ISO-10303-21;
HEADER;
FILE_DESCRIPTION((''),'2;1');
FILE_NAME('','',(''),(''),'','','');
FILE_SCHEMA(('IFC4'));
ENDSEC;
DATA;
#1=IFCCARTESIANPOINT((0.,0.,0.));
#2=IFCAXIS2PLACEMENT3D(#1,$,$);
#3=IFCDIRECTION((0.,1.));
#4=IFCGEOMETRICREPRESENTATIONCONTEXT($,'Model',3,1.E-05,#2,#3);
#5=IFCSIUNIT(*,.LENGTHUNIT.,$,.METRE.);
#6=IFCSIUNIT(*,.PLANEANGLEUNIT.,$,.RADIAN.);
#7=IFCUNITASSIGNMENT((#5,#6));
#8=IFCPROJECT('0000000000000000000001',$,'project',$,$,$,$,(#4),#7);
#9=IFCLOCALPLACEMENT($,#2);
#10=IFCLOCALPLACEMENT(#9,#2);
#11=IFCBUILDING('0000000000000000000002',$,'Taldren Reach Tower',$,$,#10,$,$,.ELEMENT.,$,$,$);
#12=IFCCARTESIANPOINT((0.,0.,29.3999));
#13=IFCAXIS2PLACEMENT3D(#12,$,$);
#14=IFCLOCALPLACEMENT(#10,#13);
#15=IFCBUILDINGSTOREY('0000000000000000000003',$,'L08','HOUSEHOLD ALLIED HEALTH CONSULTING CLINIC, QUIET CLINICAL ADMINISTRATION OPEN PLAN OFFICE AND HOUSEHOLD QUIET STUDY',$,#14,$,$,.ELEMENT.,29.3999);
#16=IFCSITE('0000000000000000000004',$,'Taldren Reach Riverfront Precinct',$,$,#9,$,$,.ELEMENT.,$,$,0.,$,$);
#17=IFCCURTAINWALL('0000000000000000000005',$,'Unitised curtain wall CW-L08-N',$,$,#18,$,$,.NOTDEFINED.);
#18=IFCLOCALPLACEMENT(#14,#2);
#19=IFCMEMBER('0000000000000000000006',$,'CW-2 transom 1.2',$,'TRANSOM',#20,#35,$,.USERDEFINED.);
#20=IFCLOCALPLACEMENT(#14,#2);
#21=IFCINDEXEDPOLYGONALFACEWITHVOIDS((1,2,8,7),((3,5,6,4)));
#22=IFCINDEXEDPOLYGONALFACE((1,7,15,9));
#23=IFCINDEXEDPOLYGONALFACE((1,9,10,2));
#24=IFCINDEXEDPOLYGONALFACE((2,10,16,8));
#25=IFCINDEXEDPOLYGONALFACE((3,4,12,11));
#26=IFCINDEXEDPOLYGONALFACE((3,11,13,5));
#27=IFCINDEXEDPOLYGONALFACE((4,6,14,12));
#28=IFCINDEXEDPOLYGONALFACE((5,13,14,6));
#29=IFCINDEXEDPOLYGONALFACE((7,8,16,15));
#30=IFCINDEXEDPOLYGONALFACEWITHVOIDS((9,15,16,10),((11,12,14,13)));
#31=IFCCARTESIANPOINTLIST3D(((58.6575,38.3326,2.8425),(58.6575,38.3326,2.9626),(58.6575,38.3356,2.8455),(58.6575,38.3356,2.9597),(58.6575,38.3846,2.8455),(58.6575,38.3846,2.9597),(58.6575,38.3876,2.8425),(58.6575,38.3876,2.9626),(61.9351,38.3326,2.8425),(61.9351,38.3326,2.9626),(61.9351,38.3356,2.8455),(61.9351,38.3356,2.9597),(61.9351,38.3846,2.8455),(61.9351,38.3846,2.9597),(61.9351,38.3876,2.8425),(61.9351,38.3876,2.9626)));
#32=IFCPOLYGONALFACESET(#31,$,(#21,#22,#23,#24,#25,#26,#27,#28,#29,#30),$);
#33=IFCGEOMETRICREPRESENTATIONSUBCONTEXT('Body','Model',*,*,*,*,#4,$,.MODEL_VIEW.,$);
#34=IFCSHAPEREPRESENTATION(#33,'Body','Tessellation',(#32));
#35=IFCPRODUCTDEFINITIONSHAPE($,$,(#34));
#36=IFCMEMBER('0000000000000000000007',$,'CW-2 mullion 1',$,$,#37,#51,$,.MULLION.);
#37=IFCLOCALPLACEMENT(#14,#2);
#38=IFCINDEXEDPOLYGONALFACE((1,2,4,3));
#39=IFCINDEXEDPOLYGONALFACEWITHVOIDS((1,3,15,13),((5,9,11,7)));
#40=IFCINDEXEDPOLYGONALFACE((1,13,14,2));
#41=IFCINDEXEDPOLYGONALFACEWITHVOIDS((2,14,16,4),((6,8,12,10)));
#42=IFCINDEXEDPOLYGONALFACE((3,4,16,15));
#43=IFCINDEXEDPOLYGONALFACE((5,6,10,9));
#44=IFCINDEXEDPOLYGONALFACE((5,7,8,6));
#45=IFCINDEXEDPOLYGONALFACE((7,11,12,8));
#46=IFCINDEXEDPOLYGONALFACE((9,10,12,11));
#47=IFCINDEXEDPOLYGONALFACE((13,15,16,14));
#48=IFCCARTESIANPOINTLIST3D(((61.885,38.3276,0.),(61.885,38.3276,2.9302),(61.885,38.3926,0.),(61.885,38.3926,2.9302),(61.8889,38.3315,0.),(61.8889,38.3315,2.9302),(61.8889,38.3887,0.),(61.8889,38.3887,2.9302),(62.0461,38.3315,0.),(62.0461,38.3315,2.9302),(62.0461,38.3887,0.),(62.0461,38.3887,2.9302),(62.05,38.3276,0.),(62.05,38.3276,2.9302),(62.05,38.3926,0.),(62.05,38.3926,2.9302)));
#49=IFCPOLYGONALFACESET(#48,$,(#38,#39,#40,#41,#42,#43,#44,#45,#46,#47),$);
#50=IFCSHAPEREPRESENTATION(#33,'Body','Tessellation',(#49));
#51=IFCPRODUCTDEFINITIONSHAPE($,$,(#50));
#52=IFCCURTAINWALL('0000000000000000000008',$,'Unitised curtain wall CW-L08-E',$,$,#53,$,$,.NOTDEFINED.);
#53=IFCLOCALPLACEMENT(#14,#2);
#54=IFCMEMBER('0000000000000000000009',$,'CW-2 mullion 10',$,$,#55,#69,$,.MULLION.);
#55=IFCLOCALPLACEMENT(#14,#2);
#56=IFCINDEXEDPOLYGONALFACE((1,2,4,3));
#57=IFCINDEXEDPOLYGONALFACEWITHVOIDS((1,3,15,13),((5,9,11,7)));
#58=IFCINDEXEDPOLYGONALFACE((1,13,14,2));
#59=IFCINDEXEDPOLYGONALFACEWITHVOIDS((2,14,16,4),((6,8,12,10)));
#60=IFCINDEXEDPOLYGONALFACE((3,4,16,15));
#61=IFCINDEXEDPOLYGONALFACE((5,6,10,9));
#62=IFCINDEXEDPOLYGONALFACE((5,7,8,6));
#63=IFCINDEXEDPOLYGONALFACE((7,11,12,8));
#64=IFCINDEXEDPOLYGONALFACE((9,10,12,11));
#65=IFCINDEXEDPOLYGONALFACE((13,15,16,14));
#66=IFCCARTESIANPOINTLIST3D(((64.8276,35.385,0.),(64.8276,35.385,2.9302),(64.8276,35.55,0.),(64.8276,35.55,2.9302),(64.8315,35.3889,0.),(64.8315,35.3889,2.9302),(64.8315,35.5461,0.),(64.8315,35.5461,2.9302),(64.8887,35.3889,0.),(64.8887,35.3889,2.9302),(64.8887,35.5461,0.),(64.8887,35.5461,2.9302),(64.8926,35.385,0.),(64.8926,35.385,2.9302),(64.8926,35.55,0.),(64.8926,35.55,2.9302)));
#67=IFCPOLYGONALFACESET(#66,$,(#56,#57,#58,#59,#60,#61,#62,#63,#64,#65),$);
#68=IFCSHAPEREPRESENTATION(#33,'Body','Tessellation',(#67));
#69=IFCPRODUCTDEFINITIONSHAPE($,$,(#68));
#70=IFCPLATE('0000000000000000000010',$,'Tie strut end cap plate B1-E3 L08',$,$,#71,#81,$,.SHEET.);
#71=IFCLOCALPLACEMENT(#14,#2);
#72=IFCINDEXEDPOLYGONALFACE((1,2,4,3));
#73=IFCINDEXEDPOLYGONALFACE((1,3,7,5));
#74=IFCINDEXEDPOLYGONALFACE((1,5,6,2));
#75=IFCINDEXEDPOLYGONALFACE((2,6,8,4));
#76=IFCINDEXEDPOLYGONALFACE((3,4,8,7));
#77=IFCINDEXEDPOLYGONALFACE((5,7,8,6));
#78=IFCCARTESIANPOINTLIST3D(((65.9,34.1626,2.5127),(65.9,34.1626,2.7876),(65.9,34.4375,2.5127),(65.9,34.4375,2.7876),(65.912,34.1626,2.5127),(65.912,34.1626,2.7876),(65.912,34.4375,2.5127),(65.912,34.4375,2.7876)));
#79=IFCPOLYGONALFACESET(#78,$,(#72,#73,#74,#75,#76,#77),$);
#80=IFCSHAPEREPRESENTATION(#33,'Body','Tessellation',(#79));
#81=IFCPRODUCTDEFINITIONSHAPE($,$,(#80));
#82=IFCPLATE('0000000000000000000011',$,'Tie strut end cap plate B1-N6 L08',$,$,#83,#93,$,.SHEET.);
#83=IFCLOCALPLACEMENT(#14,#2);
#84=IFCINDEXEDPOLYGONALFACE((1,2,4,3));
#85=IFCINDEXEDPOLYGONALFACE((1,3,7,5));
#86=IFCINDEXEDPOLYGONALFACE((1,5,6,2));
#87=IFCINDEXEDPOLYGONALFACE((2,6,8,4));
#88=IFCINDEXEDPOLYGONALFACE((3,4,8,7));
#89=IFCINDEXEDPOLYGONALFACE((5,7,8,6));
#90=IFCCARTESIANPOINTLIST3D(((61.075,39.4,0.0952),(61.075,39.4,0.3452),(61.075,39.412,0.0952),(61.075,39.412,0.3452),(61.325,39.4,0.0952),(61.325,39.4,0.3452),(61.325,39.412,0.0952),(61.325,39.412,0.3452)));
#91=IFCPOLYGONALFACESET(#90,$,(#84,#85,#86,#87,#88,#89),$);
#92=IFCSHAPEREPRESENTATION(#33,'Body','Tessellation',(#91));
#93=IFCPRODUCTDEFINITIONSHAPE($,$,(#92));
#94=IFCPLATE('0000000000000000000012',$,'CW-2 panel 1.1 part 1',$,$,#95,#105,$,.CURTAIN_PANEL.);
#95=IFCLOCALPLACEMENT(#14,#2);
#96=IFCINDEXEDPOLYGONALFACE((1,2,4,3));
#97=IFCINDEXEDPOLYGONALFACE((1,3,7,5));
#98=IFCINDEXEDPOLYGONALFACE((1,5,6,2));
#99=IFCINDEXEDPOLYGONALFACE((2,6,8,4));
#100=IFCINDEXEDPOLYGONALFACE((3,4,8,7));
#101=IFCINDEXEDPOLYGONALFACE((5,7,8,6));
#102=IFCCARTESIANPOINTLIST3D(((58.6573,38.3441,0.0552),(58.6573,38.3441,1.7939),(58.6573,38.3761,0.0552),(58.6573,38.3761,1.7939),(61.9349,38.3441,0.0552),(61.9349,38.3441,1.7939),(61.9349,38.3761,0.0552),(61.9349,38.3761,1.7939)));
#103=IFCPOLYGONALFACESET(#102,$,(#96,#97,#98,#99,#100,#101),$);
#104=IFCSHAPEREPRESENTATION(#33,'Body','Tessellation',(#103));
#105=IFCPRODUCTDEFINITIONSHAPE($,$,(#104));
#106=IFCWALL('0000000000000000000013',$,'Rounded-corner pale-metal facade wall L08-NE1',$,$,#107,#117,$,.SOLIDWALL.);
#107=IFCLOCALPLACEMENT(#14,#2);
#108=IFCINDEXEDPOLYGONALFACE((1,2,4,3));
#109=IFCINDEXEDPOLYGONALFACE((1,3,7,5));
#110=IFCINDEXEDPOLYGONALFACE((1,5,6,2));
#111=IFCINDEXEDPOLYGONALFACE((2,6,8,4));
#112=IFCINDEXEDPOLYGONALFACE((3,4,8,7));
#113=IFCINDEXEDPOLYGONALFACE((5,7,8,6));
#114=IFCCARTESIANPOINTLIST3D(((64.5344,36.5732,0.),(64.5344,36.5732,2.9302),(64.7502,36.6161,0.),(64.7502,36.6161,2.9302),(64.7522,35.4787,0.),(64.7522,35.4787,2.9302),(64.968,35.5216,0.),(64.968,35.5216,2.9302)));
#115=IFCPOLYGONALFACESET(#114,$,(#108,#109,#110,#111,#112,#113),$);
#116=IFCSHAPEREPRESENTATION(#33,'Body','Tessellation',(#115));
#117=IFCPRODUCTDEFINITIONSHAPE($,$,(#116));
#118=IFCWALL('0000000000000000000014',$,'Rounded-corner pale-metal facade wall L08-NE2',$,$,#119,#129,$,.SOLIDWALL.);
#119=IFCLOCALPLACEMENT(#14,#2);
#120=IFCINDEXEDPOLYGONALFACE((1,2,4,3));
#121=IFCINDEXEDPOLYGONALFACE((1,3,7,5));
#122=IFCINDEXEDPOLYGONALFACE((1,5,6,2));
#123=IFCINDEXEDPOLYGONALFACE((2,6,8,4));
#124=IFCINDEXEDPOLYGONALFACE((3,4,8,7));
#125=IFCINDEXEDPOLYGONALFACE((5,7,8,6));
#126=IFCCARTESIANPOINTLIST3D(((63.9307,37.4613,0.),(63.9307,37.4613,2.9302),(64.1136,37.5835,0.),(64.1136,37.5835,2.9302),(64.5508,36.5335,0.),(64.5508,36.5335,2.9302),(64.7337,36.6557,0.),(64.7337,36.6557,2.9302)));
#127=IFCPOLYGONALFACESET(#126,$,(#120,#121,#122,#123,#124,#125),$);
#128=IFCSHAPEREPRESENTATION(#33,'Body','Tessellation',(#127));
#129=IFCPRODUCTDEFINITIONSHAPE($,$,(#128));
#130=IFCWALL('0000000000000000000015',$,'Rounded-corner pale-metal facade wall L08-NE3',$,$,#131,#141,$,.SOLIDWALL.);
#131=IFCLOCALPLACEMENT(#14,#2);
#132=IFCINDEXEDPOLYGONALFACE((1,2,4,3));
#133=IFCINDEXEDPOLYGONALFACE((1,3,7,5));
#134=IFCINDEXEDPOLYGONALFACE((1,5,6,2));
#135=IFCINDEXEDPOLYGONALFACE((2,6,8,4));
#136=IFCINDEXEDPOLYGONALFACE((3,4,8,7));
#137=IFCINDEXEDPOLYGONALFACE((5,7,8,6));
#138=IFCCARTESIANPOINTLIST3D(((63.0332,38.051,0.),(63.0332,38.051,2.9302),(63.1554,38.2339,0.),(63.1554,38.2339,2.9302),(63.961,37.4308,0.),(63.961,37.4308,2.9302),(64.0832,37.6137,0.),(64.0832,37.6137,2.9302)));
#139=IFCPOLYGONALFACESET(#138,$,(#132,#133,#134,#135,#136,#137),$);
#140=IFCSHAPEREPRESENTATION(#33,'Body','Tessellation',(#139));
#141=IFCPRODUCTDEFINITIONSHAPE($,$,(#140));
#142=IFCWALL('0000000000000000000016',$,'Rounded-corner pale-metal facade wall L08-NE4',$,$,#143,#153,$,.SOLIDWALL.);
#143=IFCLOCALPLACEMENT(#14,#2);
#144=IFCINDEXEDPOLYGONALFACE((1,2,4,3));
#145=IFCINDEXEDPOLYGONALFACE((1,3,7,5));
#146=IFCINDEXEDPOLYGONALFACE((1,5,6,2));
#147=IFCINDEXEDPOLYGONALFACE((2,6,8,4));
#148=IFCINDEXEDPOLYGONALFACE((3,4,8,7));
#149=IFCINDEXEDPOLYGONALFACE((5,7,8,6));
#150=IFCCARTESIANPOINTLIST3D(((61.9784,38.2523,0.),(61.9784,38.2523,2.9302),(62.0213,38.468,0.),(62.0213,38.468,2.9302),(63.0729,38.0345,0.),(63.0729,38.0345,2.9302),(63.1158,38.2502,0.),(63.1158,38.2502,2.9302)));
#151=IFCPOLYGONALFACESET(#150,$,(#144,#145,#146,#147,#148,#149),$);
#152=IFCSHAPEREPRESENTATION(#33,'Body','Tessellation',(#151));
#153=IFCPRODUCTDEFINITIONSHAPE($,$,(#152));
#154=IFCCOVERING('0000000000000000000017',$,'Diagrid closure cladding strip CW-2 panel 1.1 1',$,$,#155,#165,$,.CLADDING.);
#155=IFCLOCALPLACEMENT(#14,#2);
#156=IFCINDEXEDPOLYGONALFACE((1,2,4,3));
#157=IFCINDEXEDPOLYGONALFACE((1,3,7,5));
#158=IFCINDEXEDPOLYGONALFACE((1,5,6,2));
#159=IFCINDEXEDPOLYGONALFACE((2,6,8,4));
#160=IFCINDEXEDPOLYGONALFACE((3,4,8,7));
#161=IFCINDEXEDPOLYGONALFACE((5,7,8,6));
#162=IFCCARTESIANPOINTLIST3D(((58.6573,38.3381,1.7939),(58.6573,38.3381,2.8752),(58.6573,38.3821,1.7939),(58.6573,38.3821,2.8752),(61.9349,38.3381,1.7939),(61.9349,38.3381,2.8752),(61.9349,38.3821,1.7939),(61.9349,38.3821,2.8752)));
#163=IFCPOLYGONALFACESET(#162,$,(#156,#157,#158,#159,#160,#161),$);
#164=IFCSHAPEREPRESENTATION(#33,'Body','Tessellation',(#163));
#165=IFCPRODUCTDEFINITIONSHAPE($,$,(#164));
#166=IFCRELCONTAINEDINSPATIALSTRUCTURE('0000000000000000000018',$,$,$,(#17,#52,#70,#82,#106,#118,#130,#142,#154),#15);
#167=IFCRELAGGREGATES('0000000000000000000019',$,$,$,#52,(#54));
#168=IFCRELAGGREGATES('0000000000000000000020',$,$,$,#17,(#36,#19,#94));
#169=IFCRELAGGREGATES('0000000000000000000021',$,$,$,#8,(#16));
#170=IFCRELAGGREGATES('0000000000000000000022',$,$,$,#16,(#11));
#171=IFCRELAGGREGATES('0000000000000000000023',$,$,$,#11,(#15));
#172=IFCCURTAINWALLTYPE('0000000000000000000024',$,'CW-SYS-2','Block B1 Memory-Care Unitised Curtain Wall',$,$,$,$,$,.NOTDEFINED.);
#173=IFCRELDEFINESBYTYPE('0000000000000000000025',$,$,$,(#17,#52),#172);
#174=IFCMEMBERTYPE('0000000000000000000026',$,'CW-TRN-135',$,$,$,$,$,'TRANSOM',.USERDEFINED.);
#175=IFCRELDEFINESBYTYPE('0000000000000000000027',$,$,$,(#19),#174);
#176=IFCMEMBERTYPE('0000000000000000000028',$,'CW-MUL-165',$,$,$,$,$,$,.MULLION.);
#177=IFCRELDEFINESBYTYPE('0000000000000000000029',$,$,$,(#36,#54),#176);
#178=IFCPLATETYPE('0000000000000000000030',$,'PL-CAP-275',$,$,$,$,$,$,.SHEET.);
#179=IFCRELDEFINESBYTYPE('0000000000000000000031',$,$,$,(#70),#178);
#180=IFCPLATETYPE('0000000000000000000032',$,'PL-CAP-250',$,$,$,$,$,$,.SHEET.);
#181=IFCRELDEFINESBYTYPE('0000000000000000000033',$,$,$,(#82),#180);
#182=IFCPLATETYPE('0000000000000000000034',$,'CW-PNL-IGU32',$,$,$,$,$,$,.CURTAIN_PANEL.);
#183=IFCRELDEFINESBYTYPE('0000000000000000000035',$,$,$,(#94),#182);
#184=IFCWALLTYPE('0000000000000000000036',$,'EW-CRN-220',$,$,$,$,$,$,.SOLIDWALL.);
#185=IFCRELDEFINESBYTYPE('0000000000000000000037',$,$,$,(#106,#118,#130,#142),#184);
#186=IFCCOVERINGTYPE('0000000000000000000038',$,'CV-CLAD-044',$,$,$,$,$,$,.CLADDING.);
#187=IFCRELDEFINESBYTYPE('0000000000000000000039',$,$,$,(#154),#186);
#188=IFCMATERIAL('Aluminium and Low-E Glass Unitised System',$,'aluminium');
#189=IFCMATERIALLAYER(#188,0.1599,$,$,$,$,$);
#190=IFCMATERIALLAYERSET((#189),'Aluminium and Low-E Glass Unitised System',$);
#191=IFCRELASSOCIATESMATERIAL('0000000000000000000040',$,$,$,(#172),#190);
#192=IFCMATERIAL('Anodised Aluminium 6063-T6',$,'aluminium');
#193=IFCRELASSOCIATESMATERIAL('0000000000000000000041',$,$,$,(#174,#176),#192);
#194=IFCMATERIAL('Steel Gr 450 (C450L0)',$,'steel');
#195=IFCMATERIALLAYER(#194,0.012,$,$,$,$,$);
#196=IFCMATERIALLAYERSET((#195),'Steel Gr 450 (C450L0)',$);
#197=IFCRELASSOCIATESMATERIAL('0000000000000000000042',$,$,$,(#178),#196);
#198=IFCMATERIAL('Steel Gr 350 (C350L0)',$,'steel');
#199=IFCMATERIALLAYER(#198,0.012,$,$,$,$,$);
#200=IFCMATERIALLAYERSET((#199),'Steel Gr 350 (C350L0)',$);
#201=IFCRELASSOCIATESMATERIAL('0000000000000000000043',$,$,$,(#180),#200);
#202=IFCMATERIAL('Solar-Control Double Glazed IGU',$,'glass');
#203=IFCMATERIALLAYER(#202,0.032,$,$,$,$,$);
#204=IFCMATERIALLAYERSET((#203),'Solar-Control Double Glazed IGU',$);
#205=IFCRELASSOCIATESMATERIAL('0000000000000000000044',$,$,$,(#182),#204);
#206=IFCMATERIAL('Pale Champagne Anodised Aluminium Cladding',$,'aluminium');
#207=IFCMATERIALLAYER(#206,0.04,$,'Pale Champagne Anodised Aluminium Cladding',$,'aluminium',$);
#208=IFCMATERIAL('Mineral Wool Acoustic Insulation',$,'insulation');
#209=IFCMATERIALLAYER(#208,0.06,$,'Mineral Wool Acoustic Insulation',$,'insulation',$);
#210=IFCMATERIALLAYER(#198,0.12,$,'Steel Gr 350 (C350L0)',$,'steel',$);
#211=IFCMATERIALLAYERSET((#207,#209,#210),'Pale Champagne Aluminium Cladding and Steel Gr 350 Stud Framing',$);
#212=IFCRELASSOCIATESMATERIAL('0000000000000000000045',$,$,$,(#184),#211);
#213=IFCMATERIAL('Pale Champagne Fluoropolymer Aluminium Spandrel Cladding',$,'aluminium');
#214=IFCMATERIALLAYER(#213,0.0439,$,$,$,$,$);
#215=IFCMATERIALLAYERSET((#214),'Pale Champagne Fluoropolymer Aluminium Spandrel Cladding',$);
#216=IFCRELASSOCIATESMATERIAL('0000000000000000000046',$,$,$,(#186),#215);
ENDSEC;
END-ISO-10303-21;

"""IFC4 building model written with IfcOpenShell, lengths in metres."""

from ifc_helpers import new_model, si_unit, direction, frame, frame_2d, origin, origin_2d, place, context, subcontext, project, spatial, rectangle, hollow_rectangle, extrude, source, transform, mapped, material, layer, layer_set, material_profile, profile_set, type_object, element, aggregate, save


model = new_model("IFC4")

# Units and contexts
model_context = context("Model", 3, precision=1e-05, world=origin(), true_north=direction((0.0, 1.0)))
body_context = subcontext(model_context, "Body", "Model", "MODEL_VIEW")
ifc_project = project(units=[si_unit("LENGTHUNIT", "METRE"), si_unit("PLANEANGLEUNIT", "RADIAN")], contexts=[model_context])

# Site, building, storey
site_placement = place(None, origin())
site = spatial("IfcSite", under=ifc_project, at=site_placement, Name="Taldren Reach Riverfront Precinct", CompositionType="ELEMENT", RefElevation=0.0)
building_placement = place(site_placement, origin())
building = spatial("IfcBuilding", under=site, at=building_placement, Name="Taldren Reach Tower", CompositionType="ELEMENT")
storey_placement = place(building_placement, frame((0.0, 0.0, 29.3999)))
storey = spatial("IfcBuildingStorey", under=building, at=storey_placement, Name="L08", Description="HOUSEHOLD ALLIED HEALTH CONSULTING CLINIC, QUIET CLINICAL ADMINISTRATION OPEN PLAN OFFICE AND HOUSEHOLD QUIET STUDY", CompositionType="ELEMENT", Elevation=29.3999)

# Shared definitions
ifc_material_1 = material(Name="Steel Gr 450 (C450L0)", Category="steel")
ifc_material_2 = material(Name="Steel Gr 350 (C350L0)", Category="steel")

# Curtain wall, members
ifc_material_3 = material(Name="Aluminium and Low-E Glass Unitised System", Category="aluminium")
ifc_layer_1 = layer(ifc_material_3, 0.1599)
ifc_layer_set_1 = layer_set([ifc_layer_1], Name="Aluminium and Low-E Glass Unitised System")
curtain_wall_type = type_object("IfcCurtainWallType", Name="CW-SYS-2", Description="Block B1 Memory-Care Unitised Curtain Wall", PredefinedType="NOTDEFINED", material=ifc_layer_set_1)
curtain_wall_1_placement = place(storey_placement, origin())
curtain_wall_1 = element("IfcCurtainWall", 1, at=curtain_wall_1_placement, inside=storey, type_object=curtain_wall_type, Name="Unitised curtain wall CW-L08-N", PredefinedType="NOTDEFINED")
ifc_material_4 = material(Name="Anodised Aluminium 6063-T6", Category="aluminium")
ifc_material_profile_1 = material_profile(ifc_material_4, hollow_rectangle(XDim=0.0549, YDim=0.1201, WallThickness=0.0029, at=origin_2d()), Name="ALU-120x55x3RHS")
ifc_profile_set_1 = profile_set([ifc_material_profile_1], Name="Anodised Aluminium 6063-T6")
member_type_1 = type_object("IfcMemberType", Name="CW-TRN-135", ElementType="TRANSOM", PredefinedType="USERDEFINED", material=ifc_profile_set_1)
shared_shape_1 = source(origin(), body_context, "Body", "SweptSolid", [
    extrude(hollow_rectangle(XDim=0.0549, YDim=0.1201, WallThickness=0.0029, at=origin_2d()), origin(), (0.0, 0.0, 1.0), 3.2776),
])
member_1_placement = place(storey_placement, frame((61.9351, 38.3601, 2.9026), z_axis=(-1.0, 0.0, 0.0), x_axis=(0.0, -1.0, 0.0)))
member_1 = element("IfcMember", 2, at=member_1_placement, type_object=member_type_1, Name="CW-2 transom 1.2", ObjectType="TRANSOM", PredefinedType="USERDEFINED", context=body_context, shape_type="MappedRepresentation", body=[
    mapped(shared_shape_1, transform((0.0, 0.0, 0.0), scale=1.0)),
])
ifc_material_profile_2 = material_profile(ifc_material_4, hollow_rectangle(XDim=0.0649, YDim=0.165, WallThickness=0.0039, at=origin_2d()), Name="ALU-165x65x4RHS")
ifc_profile_set_2 = profile_set([ifc_material_profile_2], Name="Anodised Aluminium 6063-T6")
member_type_2 = type_object("IfcMemberType", Name="CW-MUL-165", PredefinedType="MULLION", material=ifc_profile_set_2)
shared_shape_2 = source(origin(), body_context, "Body", "SweptSolid", [
    extrude(hollow_rectangle(XDim=0.0649, YDim=0.165, WallThickness=0.0039, at=origin_2d()), origin(), (0.0, 0.0, 1.0), 2.9302),
])
member_2_placement = place(storey_placement, frame((61.9675, 38.3601, 0.0), z_axis=(0.0, 0.0, 1.0), x_axis=(0.0, -1.0, 0.0)))
member_2 = element("IfcMember", 3, at=member_2_placement, type_object=member_type_2, Name="CW-2 mullion 1", PredefinedType="MULLION", context=body_context, shape_type="MappedRepresentation", body=[
    mapped(shared_shape_2, transform((0.0, 0.0, 0.0), scale=1.0)),
])

# Curtain wall, member
curtain_wall_2_placement = place(storey_placement, origin())
curtain_wall_2 = element("IfcCurtainWall", 4, at=curtain_wall_2_placement, inside=storey, type_object=curtain_wall_type, Name="Unitised curtain wall CW-L08-E", PredefinedType="NOTDEFINED")
member_3_placement = place(storey_placement, frame((64.8601, 35.4675, 0.0), z_axis=(0.0, 0.0, 1.0), x_axis=(-1.0, 0.0, 0.0)))
member_3 = element("IfcMember", 5, at=member_3_placement, type_object=member_type_2, Name="CW-2 mullion 10", PredefinedType="MULLION", context=body_context, shape_type="MappedRepresentation", body=[
    mapped(shared_shape_2, transform((0.0, 0.0, 0.0), scale=1.0)),
])
aggregate(curtain_wall_2, [member_3])

# Plates
ifc_layer_2 = layer(ifc_material_1, 0.012)
ifc_layer_set_2 = layer_set([ifc_layer_2], Name="Steel Gr 450 (C450L0)")
plate_type_1 = type_object("IfcPlateType", Name="PL-CAP-275", PredefinedType="SHEET", material=ifc_layer_set_2)
shared_shape_3 = source(origin(), body_context, "Body", "SweptSolid", [
    extrude(rectangle(XDim=0.012, YDim=0.2749, at=origin_2d()), origin(), (0.0, 0.0, 1.0), 0.2749),
])
plate_1_placement = place(storey_placement, frame((65.906, 34.3, 2.5127), z_axis=(0.0, 0.0, 1.0), x_axis=(1.0, 0.0, 0.0)))
element("IfcPlate", 6, at=plate_1_placement, inside=storey, type_object=plate_type_1, Name="Tie strut end cap plate B1-E3 L08", PredefinedType="SHEET", context=body_context, shape_type="MappedRepresentation", body=[
    mapped(shared_shape_3, transform((0.0, 0.0, 0.0), scale=1.0)),
])
ifc_layer_3 = layer(ifc_material_2, 0.012)
ifc_layer_set_3 = layer_set([ifc_layer_3], Name="Steel Gr 350 (C350L0)")
plate_type_2 = type_object("IfcPlateType", Name="PL-CAP-250", PredefinedType="SHEET", material=ifc_layer_set_3)
shared_shape_4 = source(origin(), body_context, "Body", "SweptSolid", [
    extrude(rectangle(XDim=0.25, YDim=0.012, at=origin_2d()), origin(), (0.0, 0.0, 1.0), 0.25),
])
plate_2_placement = place(storey_placement, frame((61.2, 39.406, 0.0952), z_axis=(0.0, 0.0, 1.0), x_axis=(1.0, 0.0, 0.0)))
element("IfcPlate", 7, at=plate_2_placement, inside=storey, type_object=plate_type_2, Name="Tie strut end cap plate B1-N6 L08", PredefinedType="SHEET", context=body_context, shape_type="MappedRepresentation", body=[
    mapped(shared_shape_4, transform((0.0, 0.0, 0.0), scale=1.0)),
])

# Plate
ifc_material_5 = material(Name="Solar-Control Double Glazed IGU", Category="glass")
ifc_layer_4 = layer(ifc_material_5, 0.032)
ifc_layer_set_4 = layer_set([ifc_layer_4], Name="Solar-Control Double Glazed IGU")
plate_type_3 = type_object("IfcPlateType", Name="CW-PNL-IGU32", PredefinedType="CURTAIN_PANEL", material=ifc_layer_set_4)
shared_shape_5 = source(origin(), body_context, "Body", "SweptSolid", [
    extrude(rectangle(XDim=3.2776, YDim=0.032, at=origin_2d()), origin(), (0.0, 0.0, 1.0), 1.7388),
])
plate_3_placement = place(storey_placement, frame((60.2961, 38.3601, 0.0552), z_axis=(0.0, 0.0, 1.0), x_axis=(-1.0, 0.0, 0.0)))
plate_3 = element("IfcPlate", 8, at=plate_3_placement, type_object=plate_type_3, Name="CW-2 panel 1.1 part 1", PredefinedType="CURTAIN_PANEL", context=body_context, shape_type="MappedRepresentation", body=[
    mapped(shared_shape_5, transform((0.0, 0.0, 0.0), scale=1.0)),
])
aggregate(curtain_wall_1, [member_2, member_1, plate_3])

# Walls
ifc_material_6 = material(Name="Pale Champagne Anodised Aluminium Cladding", Category="aluminium")
ifc_layer_5 = layer(ifc_material_6, 0.04, Name="Pale Champagne Anodised Aluminium Cladding", Category="aluminium")
ifc_material_7 = material(Name="Mineral Wool Acoustic Insulation", Category="insulation")
ifc_layer_6 = layer(ifc_material_7, 0.06, Name="Mineral Wool Acoustic Insulation", Category="insulation")
ifc_layer_7 = layer(ifc_material_2, 0.12, Name="Steel Gr 350 (C350L0)", Category="steel")
ifc_layer_set_5 = layer_set([ifc_layer_5, ifc_layer_6, ifc_layer_7], Name="Pale Champagne Aluminium Cladding and Steel Gr 350 Stud Framing")
wall_type = type_object("IfcWallType", Name="EW-CRN-220", PredefinedType="SOLIDWALL", material=ifc_layer_set_5)
shared_shape_6 = source(origin(), body_context, "Body", "SweptSolid", [
    extrude(rectangle(XDim=1.116, YDim=0.22, at=frame_2d((0.5581, 0.0))), origin(), (0.0, 0.0, 1.0), 2.9302),
])
for number, where, z_axis, x_axis, name in (
    (9, (64.8601, 35.5, 0.0), (0.0, 0.0, 1.0), (-0.195148, 0.980774, 0.0), "Rounded-corner pale-metal facade wall L08-NE1"),
    (10, (64.6423, 36.5945, 0.0), (0.0, 0.0, 1.0), (-0.55571, 0.831377, 0.0), "Rounded-corner pale-metal facade wall L08-NE2"),
    (11, (64.0222, 37.5222, 0.0), (0.0, 0.0, 1.0), (-0.831377, 0.55571, 0.0), "Rounded-corner pale-metal facade wall L08-NE3"),
    (12, (63.0945, 38.1423, 0.0), (0.0, 0.0, 1.0), (-0.980774, 0.195148, 0.0), "Rounded-corner pale-metal facade wall L08-NE4"),
):
    element("IfcWall", number, at=place(storey_placement, frame(where, z_axis=z_axis, x_axis=x_axis)), inside=storey, type_object=wall_type, Name=name, PredefinedType="SOLIDWALL", context=body_context, shape_type="MappedRepresentation", body=[
        mapped(shared_shape_6, transform((0.0, 0.0, 0.0), scale=1.0)),
    ])

# Covering
ifc_material_8 = material(Name="Pale Champagne Fluoropolymer Aluminium Spandrel Cladding", Category="aluminium")
ifc_layer_8 = layer(ifc_material_8, 0.0439)
ifc_layer_set_6 = layer_set([ifc_layer_8], Name="Pale Champagne Fluoropolymer Aluminium Spandrel Cladding")
covering_type = type_object("IfcCoveringType", Name="CV-CLAD-044", PredefinedType="CLADDING", material=ifc_layer_set_6)
shared_shape_7 = source(origin(), body_context, "Body", "SweptSolid", [
    extrude(rectangle(XDim=3.2776, YDim=0.0439, at=origin_2d()), origin(), (0.0, 0.0, 1.0), 1.0813),
])
covering_placement = place(storey_placement, frame((60.2961, 38.3601, 1.7939), z_axis=(0.0, 0.0, 1.0), x_axis=(-1.0, 0.0, 0.0)))
element("IfcCovering", 13, at=covering_placement, inside=storey, type_object=covering_type, Name="Diagrid closure cladding strip CW-2 panel 1.1 1", PredefinedType="CLADDING", context=body_context, shape_type="MappedRepresentation", body=[
    mapped(shared_shape_7, transform((0.0, 0.0, 0.0), scale=1.0)),
])

save(model, "model.ifc")
